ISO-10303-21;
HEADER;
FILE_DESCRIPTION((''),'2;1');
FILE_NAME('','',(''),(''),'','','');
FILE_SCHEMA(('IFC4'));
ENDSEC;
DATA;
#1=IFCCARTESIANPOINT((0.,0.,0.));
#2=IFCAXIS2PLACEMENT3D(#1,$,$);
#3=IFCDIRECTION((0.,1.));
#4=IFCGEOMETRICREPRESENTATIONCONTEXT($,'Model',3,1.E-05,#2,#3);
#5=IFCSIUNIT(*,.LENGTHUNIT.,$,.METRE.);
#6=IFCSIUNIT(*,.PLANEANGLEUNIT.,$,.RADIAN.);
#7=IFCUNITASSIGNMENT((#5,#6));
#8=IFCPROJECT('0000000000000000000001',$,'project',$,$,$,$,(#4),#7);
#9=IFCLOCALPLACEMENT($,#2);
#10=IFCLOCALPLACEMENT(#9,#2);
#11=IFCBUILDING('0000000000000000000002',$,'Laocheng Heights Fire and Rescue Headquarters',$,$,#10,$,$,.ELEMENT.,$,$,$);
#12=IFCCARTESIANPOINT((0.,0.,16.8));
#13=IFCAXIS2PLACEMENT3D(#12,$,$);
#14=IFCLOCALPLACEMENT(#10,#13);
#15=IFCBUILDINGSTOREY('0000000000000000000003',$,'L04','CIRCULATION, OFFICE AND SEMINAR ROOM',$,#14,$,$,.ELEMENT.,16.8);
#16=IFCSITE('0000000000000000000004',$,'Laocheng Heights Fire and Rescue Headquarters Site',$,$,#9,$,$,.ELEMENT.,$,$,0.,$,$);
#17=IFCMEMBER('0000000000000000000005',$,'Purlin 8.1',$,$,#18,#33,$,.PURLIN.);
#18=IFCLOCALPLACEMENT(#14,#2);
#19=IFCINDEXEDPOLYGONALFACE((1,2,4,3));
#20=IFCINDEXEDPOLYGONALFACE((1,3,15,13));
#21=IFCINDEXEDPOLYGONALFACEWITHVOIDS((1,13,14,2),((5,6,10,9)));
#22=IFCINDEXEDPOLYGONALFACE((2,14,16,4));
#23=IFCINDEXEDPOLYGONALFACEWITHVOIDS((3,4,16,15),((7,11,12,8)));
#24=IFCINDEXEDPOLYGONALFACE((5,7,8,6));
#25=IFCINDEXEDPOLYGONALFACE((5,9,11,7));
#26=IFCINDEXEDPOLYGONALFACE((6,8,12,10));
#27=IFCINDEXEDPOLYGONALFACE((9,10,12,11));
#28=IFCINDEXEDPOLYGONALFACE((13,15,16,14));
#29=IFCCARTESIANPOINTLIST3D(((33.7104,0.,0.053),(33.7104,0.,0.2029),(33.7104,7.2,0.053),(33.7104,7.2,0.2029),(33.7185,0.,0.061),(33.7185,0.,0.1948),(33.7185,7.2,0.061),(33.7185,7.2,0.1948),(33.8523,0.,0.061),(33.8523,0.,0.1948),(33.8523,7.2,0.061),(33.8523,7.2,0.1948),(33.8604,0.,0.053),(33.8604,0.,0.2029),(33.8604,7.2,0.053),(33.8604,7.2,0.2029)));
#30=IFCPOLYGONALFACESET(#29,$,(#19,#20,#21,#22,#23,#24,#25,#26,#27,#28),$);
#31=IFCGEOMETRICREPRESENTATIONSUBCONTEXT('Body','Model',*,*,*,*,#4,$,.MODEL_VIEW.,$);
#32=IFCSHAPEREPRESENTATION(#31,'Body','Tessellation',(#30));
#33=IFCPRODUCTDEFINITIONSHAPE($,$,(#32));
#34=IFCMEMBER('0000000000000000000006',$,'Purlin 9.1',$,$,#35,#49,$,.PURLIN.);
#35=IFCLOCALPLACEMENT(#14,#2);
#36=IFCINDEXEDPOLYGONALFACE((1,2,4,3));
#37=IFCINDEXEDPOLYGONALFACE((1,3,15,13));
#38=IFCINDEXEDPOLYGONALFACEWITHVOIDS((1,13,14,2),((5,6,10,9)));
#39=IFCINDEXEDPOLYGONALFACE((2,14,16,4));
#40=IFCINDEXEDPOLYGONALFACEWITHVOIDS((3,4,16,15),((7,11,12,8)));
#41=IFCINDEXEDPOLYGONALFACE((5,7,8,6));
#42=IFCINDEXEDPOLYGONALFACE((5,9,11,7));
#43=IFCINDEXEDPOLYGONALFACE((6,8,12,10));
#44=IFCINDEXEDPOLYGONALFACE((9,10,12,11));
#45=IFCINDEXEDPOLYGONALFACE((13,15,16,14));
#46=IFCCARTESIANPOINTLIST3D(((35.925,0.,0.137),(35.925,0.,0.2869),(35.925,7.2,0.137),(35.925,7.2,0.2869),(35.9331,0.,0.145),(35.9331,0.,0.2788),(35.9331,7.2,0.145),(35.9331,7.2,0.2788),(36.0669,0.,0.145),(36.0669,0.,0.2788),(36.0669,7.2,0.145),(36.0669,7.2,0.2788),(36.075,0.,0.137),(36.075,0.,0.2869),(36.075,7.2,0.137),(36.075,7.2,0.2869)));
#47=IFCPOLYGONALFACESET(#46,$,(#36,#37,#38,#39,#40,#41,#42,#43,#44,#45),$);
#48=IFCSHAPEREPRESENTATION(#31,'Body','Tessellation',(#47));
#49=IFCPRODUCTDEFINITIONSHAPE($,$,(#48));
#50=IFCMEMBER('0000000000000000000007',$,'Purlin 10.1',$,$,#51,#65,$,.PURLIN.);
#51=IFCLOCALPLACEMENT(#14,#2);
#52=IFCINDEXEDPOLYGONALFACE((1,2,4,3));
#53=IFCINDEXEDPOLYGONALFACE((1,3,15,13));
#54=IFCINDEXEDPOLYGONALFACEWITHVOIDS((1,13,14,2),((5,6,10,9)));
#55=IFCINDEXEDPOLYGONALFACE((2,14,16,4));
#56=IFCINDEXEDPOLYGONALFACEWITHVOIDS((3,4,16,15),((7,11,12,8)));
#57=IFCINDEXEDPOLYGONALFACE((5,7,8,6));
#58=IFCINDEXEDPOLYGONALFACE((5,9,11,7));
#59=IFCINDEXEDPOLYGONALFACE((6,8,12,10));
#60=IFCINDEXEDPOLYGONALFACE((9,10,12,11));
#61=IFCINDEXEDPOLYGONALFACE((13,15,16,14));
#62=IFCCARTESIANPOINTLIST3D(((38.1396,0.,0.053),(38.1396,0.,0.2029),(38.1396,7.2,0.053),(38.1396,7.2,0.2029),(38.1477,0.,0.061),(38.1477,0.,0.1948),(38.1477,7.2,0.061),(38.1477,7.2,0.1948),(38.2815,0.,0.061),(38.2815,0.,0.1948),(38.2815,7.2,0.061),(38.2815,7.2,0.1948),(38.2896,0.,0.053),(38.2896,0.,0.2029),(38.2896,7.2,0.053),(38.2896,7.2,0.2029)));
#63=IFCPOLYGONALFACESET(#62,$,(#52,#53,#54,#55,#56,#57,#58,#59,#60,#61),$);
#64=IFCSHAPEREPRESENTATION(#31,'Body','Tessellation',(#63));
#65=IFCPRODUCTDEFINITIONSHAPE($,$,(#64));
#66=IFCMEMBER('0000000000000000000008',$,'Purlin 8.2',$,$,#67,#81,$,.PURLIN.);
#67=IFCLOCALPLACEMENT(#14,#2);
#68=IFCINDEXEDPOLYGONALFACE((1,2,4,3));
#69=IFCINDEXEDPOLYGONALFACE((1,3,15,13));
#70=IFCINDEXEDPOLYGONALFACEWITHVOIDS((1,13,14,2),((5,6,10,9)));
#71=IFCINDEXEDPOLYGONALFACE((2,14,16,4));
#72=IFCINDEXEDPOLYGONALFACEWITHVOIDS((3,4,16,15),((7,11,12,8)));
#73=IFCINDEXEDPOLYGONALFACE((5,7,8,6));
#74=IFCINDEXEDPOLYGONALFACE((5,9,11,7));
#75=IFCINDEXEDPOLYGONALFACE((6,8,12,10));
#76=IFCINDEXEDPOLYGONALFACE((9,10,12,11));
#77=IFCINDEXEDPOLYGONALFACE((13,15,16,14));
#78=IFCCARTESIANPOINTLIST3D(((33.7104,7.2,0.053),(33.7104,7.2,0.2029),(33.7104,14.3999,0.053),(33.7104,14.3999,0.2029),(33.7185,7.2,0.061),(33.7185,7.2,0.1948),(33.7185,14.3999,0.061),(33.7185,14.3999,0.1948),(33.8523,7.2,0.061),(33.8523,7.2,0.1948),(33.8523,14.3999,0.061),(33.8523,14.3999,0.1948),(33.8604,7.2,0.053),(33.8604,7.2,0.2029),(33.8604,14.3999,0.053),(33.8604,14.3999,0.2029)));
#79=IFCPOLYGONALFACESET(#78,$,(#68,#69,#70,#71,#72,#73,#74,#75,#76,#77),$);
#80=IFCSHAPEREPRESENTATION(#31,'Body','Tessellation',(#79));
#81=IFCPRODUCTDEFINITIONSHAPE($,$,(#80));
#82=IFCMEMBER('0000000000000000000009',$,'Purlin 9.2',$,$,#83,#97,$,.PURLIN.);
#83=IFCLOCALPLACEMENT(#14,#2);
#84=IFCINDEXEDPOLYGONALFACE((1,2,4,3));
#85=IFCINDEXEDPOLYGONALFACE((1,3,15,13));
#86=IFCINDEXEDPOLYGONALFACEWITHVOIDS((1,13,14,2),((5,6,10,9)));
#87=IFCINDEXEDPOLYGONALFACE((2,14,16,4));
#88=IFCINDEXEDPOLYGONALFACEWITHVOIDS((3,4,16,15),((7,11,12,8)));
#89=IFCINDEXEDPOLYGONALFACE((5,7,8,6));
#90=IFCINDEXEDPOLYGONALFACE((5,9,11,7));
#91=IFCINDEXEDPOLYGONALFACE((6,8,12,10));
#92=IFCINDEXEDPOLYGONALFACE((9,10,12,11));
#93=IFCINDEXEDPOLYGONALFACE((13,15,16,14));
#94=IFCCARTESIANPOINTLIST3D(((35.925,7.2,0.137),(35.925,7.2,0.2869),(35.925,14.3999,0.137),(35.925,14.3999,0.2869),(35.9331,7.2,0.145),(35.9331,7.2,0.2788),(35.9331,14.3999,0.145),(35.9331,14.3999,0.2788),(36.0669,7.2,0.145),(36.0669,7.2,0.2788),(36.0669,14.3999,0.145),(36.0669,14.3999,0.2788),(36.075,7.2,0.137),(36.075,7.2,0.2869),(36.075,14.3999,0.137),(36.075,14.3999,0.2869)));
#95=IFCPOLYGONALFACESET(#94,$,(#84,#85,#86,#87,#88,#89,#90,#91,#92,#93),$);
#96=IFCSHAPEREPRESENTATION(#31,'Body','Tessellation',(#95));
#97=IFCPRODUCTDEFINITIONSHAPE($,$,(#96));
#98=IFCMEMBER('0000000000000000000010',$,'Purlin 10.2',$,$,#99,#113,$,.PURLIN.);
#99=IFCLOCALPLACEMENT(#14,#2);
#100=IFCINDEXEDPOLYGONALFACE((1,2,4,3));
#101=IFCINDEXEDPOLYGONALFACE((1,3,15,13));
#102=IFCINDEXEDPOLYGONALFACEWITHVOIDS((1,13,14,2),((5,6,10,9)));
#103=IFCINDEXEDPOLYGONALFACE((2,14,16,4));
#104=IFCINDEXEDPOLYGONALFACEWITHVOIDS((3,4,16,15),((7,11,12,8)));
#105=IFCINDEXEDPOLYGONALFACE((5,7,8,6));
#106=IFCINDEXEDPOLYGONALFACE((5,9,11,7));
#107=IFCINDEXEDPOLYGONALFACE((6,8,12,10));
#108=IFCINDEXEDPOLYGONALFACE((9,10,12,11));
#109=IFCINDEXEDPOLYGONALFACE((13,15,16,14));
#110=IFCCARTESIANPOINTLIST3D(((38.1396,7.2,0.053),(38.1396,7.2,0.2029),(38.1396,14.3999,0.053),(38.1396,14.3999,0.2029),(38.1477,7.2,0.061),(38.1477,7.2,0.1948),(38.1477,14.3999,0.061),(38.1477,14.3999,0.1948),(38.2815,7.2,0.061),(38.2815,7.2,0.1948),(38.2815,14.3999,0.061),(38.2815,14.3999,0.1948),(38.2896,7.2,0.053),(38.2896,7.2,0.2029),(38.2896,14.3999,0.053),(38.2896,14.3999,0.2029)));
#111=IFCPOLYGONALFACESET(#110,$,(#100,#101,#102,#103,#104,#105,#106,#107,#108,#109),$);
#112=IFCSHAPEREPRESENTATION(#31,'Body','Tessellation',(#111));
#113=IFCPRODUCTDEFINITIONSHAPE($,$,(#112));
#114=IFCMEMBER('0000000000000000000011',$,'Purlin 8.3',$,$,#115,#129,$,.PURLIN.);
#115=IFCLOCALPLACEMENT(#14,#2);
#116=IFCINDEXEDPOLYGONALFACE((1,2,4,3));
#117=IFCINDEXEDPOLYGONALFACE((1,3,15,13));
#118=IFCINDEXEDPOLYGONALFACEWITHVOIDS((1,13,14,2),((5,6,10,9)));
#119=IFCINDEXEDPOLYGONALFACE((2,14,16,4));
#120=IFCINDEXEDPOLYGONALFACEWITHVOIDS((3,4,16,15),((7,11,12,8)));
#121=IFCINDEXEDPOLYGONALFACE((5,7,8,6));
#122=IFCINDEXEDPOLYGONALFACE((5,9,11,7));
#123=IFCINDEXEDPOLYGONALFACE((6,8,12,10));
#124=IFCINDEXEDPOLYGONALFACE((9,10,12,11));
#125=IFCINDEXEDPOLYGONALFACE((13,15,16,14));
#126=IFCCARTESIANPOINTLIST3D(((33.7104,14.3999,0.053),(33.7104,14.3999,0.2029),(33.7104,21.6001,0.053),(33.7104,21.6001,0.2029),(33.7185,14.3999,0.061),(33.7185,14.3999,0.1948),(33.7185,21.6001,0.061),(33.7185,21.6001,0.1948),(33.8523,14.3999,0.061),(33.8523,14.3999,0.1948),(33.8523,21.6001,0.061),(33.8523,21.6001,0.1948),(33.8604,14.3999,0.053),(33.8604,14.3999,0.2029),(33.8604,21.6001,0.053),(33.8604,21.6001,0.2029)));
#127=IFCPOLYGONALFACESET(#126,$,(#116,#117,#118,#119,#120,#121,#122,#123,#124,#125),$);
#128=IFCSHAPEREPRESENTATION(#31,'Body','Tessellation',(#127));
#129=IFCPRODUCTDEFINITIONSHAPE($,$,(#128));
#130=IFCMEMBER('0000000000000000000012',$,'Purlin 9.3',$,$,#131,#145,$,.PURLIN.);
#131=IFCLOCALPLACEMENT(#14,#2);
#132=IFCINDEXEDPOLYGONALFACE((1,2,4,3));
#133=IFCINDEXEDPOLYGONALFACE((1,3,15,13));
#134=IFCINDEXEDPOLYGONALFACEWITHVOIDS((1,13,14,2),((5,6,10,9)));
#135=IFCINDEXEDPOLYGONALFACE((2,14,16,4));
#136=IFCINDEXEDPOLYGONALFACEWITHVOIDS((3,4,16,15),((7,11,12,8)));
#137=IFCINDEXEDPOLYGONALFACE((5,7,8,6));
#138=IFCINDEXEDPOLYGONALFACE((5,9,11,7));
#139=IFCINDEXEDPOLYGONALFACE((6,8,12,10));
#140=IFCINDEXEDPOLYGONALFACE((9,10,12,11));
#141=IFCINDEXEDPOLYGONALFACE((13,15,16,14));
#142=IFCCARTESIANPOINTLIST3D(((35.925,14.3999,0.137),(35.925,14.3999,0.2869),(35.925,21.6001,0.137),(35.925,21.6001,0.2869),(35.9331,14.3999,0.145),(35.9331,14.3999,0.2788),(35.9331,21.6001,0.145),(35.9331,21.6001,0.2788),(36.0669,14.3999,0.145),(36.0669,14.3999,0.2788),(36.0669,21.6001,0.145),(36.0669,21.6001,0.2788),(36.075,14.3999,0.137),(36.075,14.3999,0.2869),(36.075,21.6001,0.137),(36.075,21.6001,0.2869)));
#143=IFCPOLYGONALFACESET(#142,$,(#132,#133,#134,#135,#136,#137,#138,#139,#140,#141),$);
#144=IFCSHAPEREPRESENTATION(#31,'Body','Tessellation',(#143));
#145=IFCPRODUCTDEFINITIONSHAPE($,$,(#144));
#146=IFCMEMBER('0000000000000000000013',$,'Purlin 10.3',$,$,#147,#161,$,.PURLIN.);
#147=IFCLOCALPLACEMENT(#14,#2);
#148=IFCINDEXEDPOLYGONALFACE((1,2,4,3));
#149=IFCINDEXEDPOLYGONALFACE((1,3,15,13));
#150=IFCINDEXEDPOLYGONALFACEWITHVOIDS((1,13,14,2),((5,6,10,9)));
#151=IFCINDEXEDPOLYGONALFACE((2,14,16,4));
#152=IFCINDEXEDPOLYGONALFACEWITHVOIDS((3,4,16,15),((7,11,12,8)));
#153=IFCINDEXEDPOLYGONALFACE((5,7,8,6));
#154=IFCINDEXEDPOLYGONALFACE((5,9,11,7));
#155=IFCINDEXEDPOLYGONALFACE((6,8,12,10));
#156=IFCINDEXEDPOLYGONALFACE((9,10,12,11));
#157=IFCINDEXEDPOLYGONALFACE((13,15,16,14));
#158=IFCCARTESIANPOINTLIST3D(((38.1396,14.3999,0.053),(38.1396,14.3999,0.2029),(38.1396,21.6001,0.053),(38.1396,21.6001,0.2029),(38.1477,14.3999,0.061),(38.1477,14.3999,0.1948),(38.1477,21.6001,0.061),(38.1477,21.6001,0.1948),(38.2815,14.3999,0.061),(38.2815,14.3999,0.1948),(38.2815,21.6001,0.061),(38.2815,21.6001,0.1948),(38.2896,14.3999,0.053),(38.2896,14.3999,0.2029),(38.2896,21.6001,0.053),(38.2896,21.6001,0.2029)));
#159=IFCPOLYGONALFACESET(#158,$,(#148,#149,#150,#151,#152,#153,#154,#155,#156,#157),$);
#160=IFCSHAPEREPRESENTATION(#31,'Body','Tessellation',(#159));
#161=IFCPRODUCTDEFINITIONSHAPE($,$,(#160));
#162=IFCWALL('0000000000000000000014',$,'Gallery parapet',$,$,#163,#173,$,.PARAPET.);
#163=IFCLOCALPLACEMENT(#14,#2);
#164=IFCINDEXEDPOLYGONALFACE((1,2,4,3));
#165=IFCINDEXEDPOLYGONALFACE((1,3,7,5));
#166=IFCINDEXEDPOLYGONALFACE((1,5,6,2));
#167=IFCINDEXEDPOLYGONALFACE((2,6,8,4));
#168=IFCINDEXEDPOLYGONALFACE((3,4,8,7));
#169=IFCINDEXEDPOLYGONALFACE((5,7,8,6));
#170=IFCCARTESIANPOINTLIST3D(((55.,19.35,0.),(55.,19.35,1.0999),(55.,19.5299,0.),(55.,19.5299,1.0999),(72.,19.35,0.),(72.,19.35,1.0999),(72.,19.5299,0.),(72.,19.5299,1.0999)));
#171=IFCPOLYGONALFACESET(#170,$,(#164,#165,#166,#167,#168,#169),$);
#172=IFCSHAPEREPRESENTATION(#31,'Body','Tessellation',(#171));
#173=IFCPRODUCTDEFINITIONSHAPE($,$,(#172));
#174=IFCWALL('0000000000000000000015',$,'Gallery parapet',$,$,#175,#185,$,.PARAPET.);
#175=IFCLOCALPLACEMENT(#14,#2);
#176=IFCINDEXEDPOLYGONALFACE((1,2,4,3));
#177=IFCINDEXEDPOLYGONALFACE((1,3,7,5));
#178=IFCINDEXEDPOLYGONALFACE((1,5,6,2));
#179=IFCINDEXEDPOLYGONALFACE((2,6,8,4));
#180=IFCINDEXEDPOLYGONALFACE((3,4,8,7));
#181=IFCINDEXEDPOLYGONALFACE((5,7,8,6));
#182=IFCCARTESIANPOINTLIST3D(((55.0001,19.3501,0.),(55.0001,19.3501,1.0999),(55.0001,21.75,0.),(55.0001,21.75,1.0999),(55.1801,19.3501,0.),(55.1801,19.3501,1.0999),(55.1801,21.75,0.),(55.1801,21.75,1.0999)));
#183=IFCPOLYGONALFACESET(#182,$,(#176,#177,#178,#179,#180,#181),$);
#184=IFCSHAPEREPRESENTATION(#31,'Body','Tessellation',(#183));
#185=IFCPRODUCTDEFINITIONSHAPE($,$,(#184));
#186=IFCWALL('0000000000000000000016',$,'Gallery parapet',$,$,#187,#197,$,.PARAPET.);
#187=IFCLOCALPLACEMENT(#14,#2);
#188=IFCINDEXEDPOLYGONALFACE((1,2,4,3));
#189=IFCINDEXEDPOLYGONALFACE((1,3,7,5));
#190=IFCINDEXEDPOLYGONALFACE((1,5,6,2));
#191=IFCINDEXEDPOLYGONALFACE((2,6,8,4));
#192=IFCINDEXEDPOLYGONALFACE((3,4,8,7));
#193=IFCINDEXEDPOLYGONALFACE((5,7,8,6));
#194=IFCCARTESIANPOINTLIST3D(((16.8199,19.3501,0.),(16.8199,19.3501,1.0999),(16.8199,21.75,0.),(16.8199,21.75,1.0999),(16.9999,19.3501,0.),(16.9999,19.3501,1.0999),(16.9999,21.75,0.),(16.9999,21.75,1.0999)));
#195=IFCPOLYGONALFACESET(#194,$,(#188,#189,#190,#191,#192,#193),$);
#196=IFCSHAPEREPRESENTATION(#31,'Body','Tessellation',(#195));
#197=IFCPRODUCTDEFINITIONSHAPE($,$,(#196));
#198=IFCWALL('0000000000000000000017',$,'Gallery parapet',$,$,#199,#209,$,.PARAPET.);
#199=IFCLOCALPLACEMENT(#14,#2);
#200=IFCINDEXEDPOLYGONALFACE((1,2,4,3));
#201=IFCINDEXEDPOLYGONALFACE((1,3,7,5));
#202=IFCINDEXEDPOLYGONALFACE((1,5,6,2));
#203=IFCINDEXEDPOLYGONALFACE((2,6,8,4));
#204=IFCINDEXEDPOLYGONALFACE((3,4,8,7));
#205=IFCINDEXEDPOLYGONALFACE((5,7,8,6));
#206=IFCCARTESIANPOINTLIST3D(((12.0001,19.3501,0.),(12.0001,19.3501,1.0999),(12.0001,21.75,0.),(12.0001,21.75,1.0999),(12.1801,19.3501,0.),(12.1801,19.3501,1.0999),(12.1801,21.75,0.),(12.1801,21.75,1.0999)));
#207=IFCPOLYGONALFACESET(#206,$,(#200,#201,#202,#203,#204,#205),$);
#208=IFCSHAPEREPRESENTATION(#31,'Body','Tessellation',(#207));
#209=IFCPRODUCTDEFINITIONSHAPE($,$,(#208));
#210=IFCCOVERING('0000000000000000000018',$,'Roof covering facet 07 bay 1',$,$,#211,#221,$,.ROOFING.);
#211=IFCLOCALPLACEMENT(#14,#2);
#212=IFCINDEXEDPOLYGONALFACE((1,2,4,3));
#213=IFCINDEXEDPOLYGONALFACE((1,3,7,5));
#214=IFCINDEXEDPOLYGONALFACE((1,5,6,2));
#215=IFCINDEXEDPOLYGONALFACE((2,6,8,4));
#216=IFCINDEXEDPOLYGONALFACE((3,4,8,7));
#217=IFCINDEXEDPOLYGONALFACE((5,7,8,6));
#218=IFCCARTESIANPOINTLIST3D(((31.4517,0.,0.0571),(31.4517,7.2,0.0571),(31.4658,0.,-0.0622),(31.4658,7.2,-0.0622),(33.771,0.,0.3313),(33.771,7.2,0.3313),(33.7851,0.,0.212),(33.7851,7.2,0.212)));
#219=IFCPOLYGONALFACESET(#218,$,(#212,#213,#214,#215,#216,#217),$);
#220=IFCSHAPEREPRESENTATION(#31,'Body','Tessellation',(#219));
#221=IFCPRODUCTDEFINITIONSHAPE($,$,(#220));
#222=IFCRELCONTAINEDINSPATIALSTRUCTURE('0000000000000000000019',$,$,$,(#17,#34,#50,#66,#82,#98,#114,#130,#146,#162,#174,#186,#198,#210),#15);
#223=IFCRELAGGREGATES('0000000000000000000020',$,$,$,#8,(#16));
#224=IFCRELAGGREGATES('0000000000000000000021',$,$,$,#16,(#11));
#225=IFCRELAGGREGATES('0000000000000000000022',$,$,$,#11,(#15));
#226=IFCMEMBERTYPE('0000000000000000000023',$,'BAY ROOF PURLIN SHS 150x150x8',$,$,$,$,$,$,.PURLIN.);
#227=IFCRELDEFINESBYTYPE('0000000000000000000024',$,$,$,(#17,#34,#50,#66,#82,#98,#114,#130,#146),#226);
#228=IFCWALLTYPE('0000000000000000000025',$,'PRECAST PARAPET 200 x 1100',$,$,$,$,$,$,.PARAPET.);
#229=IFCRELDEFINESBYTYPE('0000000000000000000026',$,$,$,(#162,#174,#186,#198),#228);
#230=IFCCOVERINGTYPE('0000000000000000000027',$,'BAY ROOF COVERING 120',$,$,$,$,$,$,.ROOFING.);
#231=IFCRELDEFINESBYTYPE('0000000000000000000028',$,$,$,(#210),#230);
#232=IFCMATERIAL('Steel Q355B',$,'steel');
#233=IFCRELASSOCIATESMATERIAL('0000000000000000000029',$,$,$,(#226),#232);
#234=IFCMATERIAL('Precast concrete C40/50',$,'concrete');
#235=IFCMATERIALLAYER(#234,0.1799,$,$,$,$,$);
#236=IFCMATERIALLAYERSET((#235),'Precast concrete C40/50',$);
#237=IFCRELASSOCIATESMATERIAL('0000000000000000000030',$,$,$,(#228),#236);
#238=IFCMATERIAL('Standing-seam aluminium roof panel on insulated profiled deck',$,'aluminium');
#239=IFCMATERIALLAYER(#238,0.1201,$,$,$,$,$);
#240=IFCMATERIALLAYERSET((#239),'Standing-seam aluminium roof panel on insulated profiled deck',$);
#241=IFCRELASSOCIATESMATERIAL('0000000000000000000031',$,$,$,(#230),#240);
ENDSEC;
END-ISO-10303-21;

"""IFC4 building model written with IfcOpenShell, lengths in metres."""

from ifc_helpers import new_model, si_unit, direction, frame, frame_2d, origin, origin_2d, place, context, subcontext, project, spatial, polyline, rectangle, hollow_rectangle, outline, extrude, material, layer, layer_set, material_profile, profile_set, type_object, element, save


model = new_model("IFC4")

# Units and contexts
model_context = context("Model", 3, precision=1e-05, world=origin(), true_north=direction((0.0, 1.0)))
body_context = subcontext(model_context, "Body", "Model", "MODEL_VIEW")
ifc_project = project(units=[si_unit("LENGTHUNIT", "METRE"), si_unit("PLANEANGLEUNIT", "RADIAN")], contexts=[model_context])

# Site, building, storey
site_placement = place(None, origin())
site = spatial("IfcSite", under=ifc_project, at=site_placement, Name="Laocheng Heights Fire and Rescue Headquarters Site", CompositionType="ELEMENT", RefElevation=0.0)
building_placement = place(site_placement, origin())
building = spatial("IfcBuilding", under=site, at=building_placement, Name="Laocheng Heights Fire and Rescue Headquarters", CompositionType="ELEMENT")
storey_placement = place(building_placement, frame((0.0, 0.0, 16.8)))
storey = spatial("IfcBuildingStorey", under=building, at=storey_placement, Name="L04", Description="CIRCULATION, OFFICE AND SEMINAR ROOM", CompositionType="ELEMENT", Elevation=16.8)

# Members
ifc_material_1 = material(Name="Steel Q355B", Category="steel")
ifc_material_profile_1 = material_profile(ifc_material_1, hollow_rectangle(XDim=0.1499, YDim=0.1499, WallThickness=0.0081, at=origin_2d()), Name="SHS 150x150x8")
ifc_profile_set_1 = profile_set([ifc_material_profile_1], Name="Steel Q355B")
member_type = type_object("IfcMemberType", Name="BAY ROOF PURLIN SHS 150x150x8", PredefinedType="PURLIN", material=ifc_profile_set_1)
for number, where, z_axis, x_axis, name in (
    (1, (33.7854, 0.0, 0.1279), (0.0, 1.0, 0.0), (-1.0, 0.0, 0.0), "Purlin 8.1"),
    (2, (36.0, 0.0, 0.2119), (0.0, 1.0, 0.0), (-1.0, 0.0, 0.0), "Purlin 9.1"),
    (3, (38.2146, 0.0, 0.1279), (0.0, 1.0, 0.0), (-1.0, 0.0, 0.0), "Purlin 10.1"),
    (4, (33.7854, 7.2, 0.1279), (0.0, 1.0, 0.0), (-1.0, 0.0, 0.0), "Purlin 8.2"),
    (5, (36.0, 7.2, 0.2119), (0.0, 1.0, 0.0), (-1.0, 0.0, 0.0), "Purlin 9.2"),
    (6, (38.2146, 7.2, 0.1279), (0.0, 1.0, 0.0), (-1.0, 0.0, 0.0), "Purlin 10.2"),
):
    element("IfcMember", number, at=place(storey_placement, frame(where, z_axis=z_axis, x_axis=x_axis)), inside=storey, type_object=member_type, Name=name, PredefinedType="PURLIN", context=body_context, shape_type="SweptSolid", body=[
        extrude(hollow_rectangle(XDim=0.1499, YDim=0.1499, WallThickness=0.0081, at=origin_2d()), origin(), (0.0, 0.0, 1.0), 7.2),
    ])
for number, where, z_axis, x_axis, name in (
    (7, (33.7854, 14.3999, 0.1279), (0.0, 1.0, 0.0), (-1.0, 0.0, 0.0), "Purlin 8.3"),
    (8, (36.0, 14.3999, 0.2119), (0.0, 1.0, 0.0), (-1.0, 0.0, 0.0), "Purlin 9.3"),
    (9, (38.2146, 14.3999, 0.1279), (0.0, 1.0, 0.0), (-1.0, 0.0, 0.0), "Purlin 10.3"),
):
    element("IfcMember", number, at=place(storey_placement, frame(where, z_axis=z_axis, x_axis=x_axis)), inside=storey, type_object=member_type, Name=name, PredefinedType="PURLIN", context=body_context, shape_type="SweptSolid", body=[
        extrude(hollow_rectangle(XDim=0.1499, YDim=0.1499, WallThickness=0.0081, at=origin_2d()), origin(), (0.0, 0.0, 1.0), 7.2002),
    ])

# Walls
ifc_material_2 = material(Name="Precast concrete C40/50", Category="concrete")
ifc_layer_1 = layer(ifc_material_2, 0.1799)
ifc_layer_set_1 = layer_set([ifc_layer_1], Name="Precast concrete C40/50")
wall_type = type_object("IfcWallType", Name="PRECAST PARAPET 200 x 1100", PredefinedType="PARAPET", material=ifc_layer_set_1)
wall_placement = place(storey_placement, frame((55.0, 19.4399, 0.0), z_axis=(0.0, 0.0, 1.0), x_axis=(1.0, 0.0, 0.0)))
element("IfcWall", 10, at=wall_placement, inside=storey, type_object=wall_type, Name="Gallery parapet", PredefinedType="PARAPET", context=body_context, shape_type="SweptSolid", body=[
    extrude(rectangle(XDim=17.0, YDim=0.1799, at=frame_2d((8.5, 0.0))), origin(), (0.0, 0.0, 1.0), 1.0999),
])
for number, where, z_axis, x_axis, name in (
    (11, (55.0901, 19.3501, 0.0), (0.0, 0.0, 1.0), (0.0, 1.0, 0.0), "Gallery parapet"),
    (12, (16.9099, 19.3501, 0.0), (0.0, 0.0, 1.0), (0.0, 1.0, 0.0), "Gallery parapet"),
    (13, (12.0901, 19.3501, 0.0), (0.0, 0.0, 1.0), (0.0, 1.0, 0.0), "Gallery parapet"),
):
    element("IfcWall", number, at=place(storey_placement, frame(where, z_axis=z_axis, x_axis=x_axis)), inside=storey, type_object=wall_type, Name=name, PredefinedType="PARAPET", context=body_context, shape_type="SweptSolid", body=[
        extrude(rectangle(XDim=2.3999, YDim=0.1799, at=frame_2d((1.2, 0.0))), origin(), (0.0, 0.0, 1.0), 1.0999),
    ])

# Covering
ifc_material_3 = material(Name="Standing-seam aluminium roof panel on insulated profiled deck", Category="aluminium")
ifc_layer_2 = layer(ifc_material_3, 0.1201)
ifc_layer_set_2 = layer_set([ifc_layer_2], Name="Standing-seam aluminium roof panel on insulated profiled deck")
covering_type = type_object("IfcCoveringType", Name="BAY ROOF COVERING 120", PredefinedType="ROOFING", material=ifc_layer_set_2)
covering_1_placement = place(storey_placement, frame((31.4517, 0.0, 0.0571), z_axis=(-0.117393, 0.0, 0.993086), x_axis=(0.993086, 0.0, 0.117393)))
element("IfcCovering", 14, at=covering_1_placement, inside=storey, type_object=covering_type, Name="Roof covering facet 07 bay 1", PredefinedType="ROOFING", context=body_context, shape_type="SweptSolid", body=[
    extrude(outline(polyline([(0.0, 0.0), (2.3355, 0.0), (2.3355, 7.2), (0.0, 7.2), (0.0, 0.0)])), origin(), (0.0, 0.0, -1.0), 0.1201),
])

save(model, "model.ifc")
